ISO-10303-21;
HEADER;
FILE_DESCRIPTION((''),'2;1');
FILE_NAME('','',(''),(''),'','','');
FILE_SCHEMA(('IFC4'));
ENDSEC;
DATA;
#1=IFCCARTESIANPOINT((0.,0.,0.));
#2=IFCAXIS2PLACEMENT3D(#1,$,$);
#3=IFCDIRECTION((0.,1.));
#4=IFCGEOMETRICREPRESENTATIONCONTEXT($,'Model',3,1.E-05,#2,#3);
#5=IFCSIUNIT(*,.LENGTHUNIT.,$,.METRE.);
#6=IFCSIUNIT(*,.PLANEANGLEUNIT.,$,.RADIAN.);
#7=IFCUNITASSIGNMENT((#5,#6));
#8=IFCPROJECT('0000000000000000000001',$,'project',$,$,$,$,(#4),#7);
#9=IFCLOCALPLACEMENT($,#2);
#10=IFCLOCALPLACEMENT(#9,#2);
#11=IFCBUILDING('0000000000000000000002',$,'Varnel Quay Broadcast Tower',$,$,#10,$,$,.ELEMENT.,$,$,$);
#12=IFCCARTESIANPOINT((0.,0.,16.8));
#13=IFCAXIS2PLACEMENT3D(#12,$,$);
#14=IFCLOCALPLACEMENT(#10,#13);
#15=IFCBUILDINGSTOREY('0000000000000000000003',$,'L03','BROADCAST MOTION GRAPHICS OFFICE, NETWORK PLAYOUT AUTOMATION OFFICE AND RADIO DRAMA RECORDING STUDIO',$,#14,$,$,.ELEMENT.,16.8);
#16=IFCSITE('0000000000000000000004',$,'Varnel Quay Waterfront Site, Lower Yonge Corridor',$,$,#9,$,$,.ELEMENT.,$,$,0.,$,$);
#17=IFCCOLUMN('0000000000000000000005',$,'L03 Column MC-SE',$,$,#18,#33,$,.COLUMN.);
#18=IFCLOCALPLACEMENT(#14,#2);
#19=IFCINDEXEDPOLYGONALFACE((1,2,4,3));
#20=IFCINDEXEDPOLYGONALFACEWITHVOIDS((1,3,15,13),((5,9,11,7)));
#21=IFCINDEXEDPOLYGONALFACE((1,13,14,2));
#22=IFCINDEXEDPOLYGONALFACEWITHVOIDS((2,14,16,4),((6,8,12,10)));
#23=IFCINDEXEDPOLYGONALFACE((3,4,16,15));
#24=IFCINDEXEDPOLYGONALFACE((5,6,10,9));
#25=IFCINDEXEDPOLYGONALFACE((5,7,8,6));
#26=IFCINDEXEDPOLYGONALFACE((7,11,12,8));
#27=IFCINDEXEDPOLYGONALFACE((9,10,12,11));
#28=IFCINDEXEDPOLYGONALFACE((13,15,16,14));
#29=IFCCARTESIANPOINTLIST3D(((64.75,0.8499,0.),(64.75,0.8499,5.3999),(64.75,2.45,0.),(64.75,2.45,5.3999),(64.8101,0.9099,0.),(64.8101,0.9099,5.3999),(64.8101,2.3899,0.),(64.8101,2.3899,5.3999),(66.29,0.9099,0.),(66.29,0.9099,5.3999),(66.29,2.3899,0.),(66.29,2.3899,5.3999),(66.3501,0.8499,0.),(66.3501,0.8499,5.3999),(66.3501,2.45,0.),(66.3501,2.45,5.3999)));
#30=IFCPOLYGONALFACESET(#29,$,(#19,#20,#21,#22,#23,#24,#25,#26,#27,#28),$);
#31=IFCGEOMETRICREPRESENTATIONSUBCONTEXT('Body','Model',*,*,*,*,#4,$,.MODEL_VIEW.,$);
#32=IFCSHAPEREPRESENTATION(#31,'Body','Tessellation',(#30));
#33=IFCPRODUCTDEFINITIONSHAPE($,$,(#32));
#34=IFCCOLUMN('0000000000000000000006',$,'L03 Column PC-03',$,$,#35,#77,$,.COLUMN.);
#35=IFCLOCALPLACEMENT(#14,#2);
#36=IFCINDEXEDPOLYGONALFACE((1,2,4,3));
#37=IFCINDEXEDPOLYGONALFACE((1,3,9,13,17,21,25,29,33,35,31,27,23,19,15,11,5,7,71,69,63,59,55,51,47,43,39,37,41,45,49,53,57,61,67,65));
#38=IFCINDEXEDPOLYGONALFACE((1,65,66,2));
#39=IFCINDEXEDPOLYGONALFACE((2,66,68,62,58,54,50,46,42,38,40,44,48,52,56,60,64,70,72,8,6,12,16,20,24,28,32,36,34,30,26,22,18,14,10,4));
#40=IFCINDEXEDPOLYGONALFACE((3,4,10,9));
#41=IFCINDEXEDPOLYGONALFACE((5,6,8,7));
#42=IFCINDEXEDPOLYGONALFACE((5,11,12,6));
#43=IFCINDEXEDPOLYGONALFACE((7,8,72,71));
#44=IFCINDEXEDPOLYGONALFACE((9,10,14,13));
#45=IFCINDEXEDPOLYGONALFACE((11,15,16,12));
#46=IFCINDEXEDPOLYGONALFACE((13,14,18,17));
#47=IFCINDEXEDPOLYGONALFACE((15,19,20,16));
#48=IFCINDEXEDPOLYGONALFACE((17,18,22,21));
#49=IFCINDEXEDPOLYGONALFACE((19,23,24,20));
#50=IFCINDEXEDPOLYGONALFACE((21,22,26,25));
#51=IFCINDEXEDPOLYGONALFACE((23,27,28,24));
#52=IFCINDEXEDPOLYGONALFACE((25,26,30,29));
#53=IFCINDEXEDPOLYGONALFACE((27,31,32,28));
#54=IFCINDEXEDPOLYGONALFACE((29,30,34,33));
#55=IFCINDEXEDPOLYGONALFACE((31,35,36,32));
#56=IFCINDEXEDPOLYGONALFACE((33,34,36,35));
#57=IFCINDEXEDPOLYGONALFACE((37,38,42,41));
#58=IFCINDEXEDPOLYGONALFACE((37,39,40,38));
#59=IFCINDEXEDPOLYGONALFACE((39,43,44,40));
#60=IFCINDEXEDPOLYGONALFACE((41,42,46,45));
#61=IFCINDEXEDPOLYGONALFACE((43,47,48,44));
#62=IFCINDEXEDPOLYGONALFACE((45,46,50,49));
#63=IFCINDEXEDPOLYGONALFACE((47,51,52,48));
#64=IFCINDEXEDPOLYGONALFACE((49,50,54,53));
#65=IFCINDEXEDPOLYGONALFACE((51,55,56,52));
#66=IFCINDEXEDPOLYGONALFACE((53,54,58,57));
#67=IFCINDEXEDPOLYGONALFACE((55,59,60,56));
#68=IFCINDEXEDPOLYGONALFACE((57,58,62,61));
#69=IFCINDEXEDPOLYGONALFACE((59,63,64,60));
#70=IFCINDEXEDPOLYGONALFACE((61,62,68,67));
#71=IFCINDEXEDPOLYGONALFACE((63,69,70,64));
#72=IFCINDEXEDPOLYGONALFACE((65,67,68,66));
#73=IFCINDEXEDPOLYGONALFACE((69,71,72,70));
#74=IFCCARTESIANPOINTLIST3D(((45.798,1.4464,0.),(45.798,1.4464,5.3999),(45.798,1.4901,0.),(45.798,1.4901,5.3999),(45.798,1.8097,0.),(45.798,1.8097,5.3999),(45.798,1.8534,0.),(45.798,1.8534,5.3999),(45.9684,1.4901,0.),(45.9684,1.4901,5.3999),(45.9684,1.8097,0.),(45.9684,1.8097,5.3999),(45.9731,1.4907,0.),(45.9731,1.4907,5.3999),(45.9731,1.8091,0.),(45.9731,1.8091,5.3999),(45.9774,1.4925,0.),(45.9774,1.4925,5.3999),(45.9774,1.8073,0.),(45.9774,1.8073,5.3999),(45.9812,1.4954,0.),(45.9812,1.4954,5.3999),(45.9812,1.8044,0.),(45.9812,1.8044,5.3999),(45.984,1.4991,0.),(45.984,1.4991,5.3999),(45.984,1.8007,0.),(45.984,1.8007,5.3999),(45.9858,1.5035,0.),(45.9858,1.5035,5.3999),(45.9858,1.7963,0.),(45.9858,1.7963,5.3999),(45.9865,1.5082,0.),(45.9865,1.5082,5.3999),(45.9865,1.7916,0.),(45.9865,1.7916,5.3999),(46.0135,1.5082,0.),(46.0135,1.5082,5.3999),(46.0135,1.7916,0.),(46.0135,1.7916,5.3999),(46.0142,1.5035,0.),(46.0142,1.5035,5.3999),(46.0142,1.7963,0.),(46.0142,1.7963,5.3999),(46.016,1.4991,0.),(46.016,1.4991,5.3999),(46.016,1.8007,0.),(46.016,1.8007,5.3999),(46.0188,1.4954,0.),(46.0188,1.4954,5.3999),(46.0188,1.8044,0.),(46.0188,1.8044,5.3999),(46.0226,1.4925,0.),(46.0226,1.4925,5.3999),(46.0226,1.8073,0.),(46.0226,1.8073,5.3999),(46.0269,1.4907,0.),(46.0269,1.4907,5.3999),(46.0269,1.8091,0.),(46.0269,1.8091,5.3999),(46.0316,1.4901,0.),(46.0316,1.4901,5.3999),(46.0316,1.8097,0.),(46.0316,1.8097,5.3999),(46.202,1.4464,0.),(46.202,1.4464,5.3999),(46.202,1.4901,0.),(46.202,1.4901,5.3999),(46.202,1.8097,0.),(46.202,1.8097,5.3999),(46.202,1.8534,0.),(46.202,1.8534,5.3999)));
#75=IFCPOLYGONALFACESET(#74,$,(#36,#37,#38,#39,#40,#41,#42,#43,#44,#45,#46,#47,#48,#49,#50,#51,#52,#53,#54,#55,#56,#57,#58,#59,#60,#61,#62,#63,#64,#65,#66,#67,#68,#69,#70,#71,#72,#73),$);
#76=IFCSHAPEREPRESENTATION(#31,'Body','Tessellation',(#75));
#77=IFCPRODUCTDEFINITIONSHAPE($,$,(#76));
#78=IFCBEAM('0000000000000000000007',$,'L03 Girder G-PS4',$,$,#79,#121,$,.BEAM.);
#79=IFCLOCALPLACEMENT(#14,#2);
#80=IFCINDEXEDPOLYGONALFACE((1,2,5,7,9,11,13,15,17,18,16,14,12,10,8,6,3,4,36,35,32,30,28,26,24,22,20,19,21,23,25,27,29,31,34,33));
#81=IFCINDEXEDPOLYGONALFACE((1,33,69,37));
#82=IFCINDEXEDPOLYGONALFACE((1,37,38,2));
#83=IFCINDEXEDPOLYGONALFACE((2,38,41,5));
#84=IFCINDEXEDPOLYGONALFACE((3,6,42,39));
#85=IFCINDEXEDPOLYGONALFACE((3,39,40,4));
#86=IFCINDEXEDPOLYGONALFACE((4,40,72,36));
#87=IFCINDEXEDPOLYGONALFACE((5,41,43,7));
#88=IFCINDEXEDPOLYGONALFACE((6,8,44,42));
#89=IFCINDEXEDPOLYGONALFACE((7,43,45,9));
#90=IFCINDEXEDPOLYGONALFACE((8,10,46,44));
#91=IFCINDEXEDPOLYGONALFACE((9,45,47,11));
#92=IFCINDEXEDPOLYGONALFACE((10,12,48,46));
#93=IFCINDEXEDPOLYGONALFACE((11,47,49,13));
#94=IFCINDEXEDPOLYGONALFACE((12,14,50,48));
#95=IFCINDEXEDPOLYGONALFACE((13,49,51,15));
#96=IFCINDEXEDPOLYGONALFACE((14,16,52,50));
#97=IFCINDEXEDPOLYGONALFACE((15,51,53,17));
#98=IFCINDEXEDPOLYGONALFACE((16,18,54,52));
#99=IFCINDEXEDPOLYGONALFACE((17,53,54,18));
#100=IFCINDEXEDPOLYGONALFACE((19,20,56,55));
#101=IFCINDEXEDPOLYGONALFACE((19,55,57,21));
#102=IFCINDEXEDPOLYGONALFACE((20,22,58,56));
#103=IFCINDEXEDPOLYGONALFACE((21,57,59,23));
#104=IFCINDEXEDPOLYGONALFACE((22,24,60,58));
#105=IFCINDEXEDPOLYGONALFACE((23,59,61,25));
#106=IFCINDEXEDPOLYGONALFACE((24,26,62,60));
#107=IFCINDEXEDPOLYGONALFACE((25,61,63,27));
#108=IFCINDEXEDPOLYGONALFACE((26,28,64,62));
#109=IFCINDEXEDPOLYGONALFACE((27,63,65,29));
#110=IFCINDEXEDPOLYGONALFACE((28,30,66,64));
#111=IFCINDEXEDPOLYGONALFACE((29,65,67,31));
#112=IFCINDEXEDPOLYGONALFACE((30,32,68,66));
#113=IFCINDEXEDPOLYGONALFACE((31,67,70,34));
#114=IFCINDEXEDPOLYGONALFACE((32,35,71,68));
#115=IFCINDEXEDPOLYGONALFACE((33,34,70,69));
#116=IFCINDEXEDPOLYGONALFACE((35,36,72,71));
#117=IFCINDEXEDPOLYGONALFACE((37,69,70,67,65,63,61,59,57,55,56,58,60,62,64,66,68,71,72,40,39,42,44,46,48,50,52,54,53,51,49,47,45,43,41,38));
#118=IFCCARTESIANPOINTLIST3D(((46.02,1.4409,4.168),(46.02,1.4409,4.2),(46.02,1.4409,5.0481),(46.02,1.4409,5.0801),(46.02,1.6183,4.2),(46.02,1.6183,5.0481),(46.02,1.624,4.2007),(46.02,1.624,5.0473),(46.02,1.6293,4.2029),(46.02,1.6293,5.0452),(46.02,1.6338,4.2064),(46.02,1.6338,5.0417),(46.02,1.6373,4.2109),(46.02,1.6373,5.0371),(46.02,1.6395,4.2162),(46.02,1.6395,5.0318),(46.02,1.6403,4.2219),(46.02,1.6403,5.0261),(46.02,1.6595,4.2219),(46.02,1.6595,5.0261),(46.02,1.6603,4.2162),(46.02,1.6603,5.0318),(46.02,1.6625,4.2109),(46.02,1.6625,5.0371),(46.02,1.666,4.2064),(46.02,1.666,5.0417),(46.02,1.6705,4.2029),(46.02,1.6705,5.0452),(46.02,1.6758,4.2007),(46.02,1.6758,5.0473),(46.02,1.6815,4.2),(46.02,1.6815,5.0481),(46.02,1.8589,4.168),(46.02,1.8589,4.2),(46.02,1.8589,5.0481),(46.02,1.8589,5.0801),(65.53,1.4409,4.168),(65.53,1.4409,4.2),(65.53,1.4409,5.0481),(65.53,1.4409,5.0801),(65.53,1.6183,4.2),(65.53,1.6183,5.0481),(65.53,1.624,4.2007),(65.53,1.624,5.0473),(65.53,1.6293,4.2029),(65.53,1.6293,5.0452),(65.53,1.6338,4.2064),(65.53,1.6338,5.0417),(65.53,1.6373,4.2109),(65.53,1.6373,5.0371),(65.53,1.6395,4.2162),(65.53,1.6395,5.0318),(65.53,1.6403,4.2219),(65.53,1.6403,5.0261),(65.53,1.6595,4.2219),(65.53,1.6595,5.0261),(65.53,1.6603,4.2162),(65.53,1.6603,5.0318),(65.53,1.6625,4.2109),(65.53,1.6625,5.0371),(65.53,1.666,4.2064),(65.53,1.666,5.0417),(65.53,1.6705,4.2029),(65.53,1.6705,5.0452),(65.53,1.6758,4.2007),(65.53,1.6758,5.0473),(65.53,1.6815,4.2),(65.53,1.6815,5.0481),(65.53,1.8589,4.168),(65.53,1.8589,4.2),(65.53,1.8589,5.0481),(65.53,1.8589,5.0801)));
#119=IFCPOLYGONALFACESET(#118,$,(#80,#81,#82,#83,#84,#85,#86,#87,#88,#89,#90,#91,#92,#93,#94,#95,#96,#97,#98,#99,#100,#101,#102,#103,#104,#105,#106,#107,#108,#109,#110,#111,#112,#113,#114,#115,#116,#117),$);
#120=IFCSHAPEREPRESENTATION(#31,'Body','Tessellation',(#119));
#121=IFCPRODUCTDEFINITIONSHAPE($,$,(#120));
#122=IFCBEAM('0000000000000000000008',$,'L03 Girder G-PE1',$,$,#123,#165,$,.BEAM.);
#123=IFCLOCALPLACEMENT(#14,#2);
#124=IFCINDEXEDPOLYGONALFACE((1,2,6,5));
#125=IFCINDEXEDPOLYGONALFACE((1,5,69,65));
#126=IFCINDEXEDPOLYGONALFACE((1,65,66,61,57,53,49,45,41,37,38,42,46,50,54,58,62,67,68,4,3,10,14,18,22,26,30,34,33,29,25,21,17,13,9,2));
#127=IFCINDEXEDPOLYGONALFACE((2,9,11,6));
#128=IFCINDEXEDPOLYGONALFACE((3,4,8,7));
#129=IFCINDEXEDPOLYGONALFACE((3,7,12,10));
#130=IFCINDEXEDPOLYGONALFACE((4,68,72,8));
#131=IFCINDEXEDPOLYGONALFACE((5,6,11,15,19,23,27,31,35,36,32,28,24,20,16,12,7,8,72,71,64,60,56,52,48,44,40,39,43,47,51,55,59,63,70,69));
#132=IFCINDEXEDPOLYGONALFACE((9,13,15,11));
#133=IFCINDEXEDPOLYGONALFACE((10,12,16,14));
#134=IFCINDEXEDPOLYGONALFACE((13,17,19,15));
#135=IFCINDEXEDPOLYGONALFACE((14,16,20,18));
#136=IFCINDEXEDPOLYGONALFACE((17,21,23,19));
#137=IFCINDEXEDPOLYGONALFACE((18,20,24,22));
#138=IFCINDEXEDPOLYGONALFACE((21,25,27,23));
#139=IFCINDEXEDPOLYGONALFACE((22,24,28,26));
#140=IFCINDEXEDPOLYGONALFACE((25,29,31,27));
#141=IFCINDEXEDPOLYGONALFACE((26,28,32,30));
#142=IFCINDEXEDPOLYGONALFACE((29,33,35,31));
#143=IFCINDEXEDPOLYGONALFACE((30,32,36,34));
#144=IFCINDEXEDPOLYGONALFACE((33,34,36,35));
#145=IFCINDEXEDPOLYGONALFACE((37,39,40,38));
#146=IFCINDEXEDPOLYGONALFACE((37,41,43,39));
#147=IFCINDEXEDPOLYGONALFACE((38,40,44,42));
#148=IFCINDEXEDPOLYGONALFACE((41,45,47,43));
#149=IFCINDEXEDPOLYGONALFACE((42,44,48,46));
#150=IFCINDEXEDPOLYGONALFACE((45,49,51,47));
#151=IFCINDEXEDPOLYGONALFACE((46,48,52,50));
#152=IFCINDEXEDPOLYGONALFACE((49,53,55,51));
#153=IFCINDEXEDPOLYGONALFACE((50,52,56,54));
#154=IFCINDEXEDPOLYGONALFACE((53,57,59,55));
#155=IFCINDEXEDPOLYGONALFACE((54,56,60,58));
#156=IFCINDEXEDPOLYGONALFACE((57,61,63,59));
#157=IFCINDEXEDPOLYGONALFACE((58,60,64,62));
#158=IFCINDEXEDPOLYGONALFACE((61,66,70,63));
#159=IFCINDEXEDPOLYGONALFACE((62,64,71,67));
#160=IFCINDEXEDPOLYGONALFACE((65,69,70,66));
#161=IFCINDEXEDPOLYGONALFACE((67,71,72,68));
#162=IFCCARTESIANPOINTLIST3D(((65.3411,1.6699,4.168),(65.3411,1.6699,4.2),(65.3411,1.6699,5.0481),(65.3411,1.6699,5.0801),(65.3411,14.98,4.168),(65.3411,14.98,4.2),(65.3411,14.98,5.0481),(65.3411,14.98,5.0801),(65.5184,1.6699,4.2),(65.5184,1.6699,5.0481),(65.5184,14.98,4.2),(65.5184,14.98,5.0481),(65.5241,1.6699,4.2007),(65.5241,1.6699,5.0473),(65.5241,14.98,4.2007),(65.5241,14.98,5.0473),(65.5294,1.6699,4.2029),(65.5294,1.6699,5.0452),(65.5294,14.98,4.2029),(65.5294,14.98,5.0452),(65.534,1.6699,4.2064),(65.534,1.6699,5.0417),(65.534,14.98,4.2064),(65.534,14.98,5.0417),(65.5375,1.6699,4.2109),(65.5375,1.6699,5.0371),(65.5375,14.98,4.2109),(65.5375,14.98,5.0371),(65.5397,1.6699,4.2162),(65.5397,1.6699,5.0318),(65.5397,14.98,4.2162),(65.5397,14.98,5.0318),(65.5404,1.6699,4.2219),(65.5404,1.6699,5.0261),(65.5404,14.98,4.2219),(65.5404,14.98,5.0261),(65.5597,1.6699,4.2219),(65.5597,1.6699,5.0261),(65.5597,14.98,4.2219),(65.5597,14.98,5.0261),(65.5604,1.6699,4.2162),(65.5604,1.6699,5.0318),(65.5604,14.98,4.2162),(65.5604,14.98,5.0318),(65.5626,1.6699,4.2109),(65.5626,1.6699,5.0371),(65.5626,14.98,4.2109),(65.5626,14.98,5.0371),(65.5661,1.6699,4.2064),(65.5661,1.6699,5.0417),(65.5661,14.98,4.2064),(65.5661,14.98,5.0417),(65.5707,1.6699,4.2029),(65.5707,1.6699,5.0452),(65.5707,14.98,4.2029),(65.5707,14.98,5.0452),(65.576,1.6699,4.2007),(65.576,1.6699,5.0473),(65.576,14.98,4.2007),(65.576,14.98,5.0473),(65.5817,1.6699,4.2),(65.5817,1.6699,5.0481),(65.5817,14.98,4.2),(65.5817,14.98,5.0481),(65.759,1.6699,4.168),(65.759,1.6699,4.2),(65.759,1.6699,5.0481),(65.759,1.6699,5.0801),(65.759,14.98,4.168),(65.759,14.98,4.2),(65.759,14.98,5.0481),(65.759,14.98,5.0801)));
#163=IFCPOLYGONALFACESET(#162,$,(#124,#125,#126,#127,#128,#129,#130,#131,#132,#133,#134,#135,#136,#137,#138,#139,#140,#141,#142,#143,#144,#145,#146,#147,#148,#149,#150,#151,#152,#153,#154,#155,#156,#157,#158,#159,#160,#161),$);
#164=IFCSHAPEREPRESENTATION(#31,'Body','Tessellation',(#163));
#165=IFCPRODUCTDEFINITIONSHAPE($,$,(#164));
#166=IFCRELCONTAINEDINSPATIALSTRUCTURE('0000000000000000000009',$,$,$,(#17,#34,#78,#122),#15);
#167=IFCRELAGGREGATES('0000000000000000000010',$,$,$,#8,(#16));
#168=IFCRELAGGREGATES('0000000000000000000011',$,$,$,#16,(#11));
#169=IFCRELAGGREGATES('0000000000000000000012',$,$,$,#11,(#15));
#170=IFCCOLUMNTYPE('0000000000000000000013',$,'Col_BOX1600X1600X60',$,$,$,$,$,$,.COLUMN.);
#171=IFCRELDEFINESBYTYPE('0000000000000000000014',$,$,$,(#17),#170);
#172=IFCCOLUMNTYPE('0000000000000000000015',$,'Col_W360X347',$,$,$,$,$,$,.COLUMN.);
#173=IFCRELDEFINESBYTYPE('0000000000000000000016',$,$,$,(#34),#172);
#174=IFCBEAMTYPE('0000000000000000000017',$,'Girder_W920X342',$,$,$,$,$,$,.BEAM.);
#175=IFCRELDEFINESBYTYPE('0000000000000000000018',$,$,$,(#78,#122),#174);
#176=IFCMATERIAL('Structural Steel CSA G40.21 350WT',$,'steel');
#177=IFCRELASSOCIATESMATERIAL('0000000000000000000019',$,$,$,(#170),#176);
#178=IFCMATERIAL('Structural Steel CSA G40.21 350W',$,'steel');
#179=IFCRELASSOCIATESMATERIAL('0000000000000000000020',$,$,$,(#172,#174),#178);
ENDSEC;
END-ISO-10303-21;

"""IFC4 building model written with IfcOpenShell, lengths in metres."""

from ifc_helpers import new_model, si_unit, direction, frame, origin, origin_2d, place, context, subcontext, project, spatial, hollow_rectangle, i_section, extrude, source, transform, mapped, material, material_profile, profile_set, type_object, type_shapes, element, save


model = new_model("IFC4")

# Units and contexts
model_context = context("Model", 3, precision=1e-05, world=origin(), true_north=direction((0.0, 1.0)))
body_context = subcontext(model_context, "Body", "Model", "MODEL_VIEW")
ifc_project = project(units=[si_unit("LENGTHUNIT", "METRE"), si_unit("PLANEANGLEUNIT", "RADIAN")], contexts=[model_context])

# Site, building, storey
site_placement = place(None, origin())
site = spatial("IfcSite", under=ifc_project, at=site_placement, Name="Varnel Quay Waterfront Site, Lower Yonge Corridor", CompositionType="ELEMENT", RefElevation=0.0)
building_placement = place(site_placement, origin())
building = spatial("IfcBuilding", under=site, at=building_placement, Name="Varnel Quay Broadcast Tower", CompositionType="ELEMENT")
storey_placement = place(building_placement, frame((0.0, 0.0, 16.8)))
storey = spatial("IfcBuildingStorey", under=building, at=storey_placement, Name="L03", Description="BROADCAST MOTION GRAPHICS OFFICE, NETWORK PLAYOUT AUTOMATION OFFICE AND RADIO DRAMA RECORDING STUDIO", CompositionType="ELEMENT", Elevation=16.8)

# Columns
ifc_material_1 = material(Name="Structural Steel CSA G40.21 350WT", Category="steel")
ifc_material_profile_1 = material_profile(ifc_material_1, hollow_rectangle(XDim=1.6001, YDim=1.6001, WallThickness=0.0601, at=origin_2d()), Name="BOX1600X1600X60")
ifc_profile_set_1 = profile_set([ifc_material_profile_1], Name="Structural Steel CSA G40.21 350WT")
column_type_1 = type_object("IfcColumnType", Name="Col_BOX1600X1600X60", PredefinedType="COLUMN", material=ifc_profile_set_1)
shared_shape_1 = source(origin(), body_context, "Body", "SweptSolid", [
    extrude(hollow_rectangle(XDim=1.6001, YDim=1.6001, WallThickness=0.0601, at=origin_2d()), origin(), (0.0, 0.0, 1.0), 5.3999),
])
type_shapes(column_type_1, [shared_shape_1])
column_1_placement = place(storey_placement, frame((65.55, 1.6499, 0.0), z_axis=(0.0, 0.0, 1.0), x_axis=(1.0, 0.0, 0.0)))
element("IfcColumn", 1, at=column_1_placement, inside=storey, type_object=column_type_1, Name="L03 Column MC-SE", PredefinedType="COLUMN", context=body_context, shape_type="MappedRepresentation", body=[
    mapped(shared_shape_1, transform((0.0, 0.0, 0.0), x_axis=(1.0, 0.0, 0.0), y_axis=(0.0, 1.0, 0.0), z_axis=(0.0, 0.0, 1.0), scale=1.0)),
])
ifc_material_2 = material(Name="Structural Steel CSA G40.21 350W", Category="steel")
ifc_material_profile_2 = material_profile(ifc_material_2, i_section(OverallWidth=0.4041, OverallDepth=0.407, WebThickness=0.0271, FlangeThickness=0.0437, FilletRadius=0.0181, at=origin_2d()), Name="W360X347")
ifc_profile_set_2 = profile_set([ifc_material_profile_2], Name="Structural Steel CSA G40.21 350W")
column_type_2 = type_object("IfcColumnType", Name="Col_W360X347", PredefinedType="COLUMN", material=ifc_profile_set_2)
shared_shape_2 = source(origin(), body_context, "Body", "SweptSolid", [
    extrude(i_section(OverallWidth=0.4041, OverallDepth=0.407, WebThickness=0.0271, FlangeThickness=0.0437, FilletRadius=0.0181, at=origin_2d()), origin(), (0.0, 0.0, 1.0), 5.3999),
])
type_shapes(column_type_2, [shared_shape_2])
column_2_placement = place(storey_placement, frame((46.0, 1.6499, 0.0), z_axis=(0.0, 0.0, 1.0), x_axis=(1.0, 0.0, 0.0)))
element("IfcColumn", 2, at=column_2_placement, inside=storey, type_object=column_type_2, Name="L03 Column PC-03", PredefinedType="COLUMN", context=body_context, shape_type="MappedRepresentation", body=[
    mapped(shared_shape_2, transform((0.0, 0.0, 0.0), x_axis=(1.0, 0.0, 0.0), y_axis=(0.0, 1.0, 0.0), z_axis=(0.0, 0.0, 1.0), scale=1.0)),
])

# Beams
ifc_material_profile_3 = material_profile(ifc_material_2, i_section(OverallWidth=0.418, OverallDepth=0.9121, WebThickness=0.0193, FlangeThickness=0.032, FilletRadius=0.022, at=origin_2d()), Name="W920X342")
ifc_profile_set_3 = profile_set([ifc_material_profile_3], Name="Structural Steel CSA G40.21 350W")
beam_type = type_object("IfcBeamType", Name="Girder_W920X342", PredefinedType="BEAM", material=ifc_profile_set_3)
shared_shape_3 = source(origin(), body_context, "Body", "SweptSolid", [
    extrude(i_section(OverallWidth=0.418, OverallDepth=0.9121, WebThickness=0.0193, FlangeThickness=0.032, FilletRadius=0.022, at=origin_2d()), origin(), (0.0, 0.0, 1.0), 19.51),
])
beam_1_placement = place(storey_placement, frame((46.02, 1.6499, 4.624), z_axis=(1.0, 0.0, 0.0), x_axis=(0.0, 1.0, 0.0)))
element("IfcBeam", 3, at=beam_1_placement, inside=storey, type_object=beam_type, Name="L03 Girder G-PS4", PredefinedType="BEAM", context=body_context, shape_type="MappedRepresentation", body=[
    mapped(shared_shape_3, transform((0.0, 0.0, 0.0), x_axis=(1.0, 0.0, 0.0), y_axis=(0.0, 1.0, 0.0), z_axis=(0.0, 0.0, 1.0), scale=1.0)),
])
shared_shape_4 = source(origin(), body_context, "Body", "SweptSolid", [
    extrude(i_section(OverallWidth=0.418, OverallDepth=0.9121, WebThickness=0.0193, FlangeThickness=0.032, FilletRadius=0.022, at=origin_2d()), origin(), (0.0, 0.0, 1.0), 13.3101),
])
beam_2_placement = place(storey_placement, frame((65.55, 1.6699, 4.624), z_axis=(0.0, 1.0, 0.0), x_axis=(-1.0, 0.0, 0.0)))
element("IfcBeam", 4, at=beam_2_placement, inside=storey, type_object=beam_type, Name="L03 Girder G-PE1", PredefinedType="BEAM", context=body_context, shape_type="MappedRepresentation", body=[
    mapped(shared_shape_4, transform((0.0, 0.0, 0.0), x_axis=(1.0, 0.0, 0.0), y_axis=(0.0, 1.0, 0.0), z_axis=(0.0, 0.0, 1.0), scale=1.0)),
])

save(model, "model.ifc")
